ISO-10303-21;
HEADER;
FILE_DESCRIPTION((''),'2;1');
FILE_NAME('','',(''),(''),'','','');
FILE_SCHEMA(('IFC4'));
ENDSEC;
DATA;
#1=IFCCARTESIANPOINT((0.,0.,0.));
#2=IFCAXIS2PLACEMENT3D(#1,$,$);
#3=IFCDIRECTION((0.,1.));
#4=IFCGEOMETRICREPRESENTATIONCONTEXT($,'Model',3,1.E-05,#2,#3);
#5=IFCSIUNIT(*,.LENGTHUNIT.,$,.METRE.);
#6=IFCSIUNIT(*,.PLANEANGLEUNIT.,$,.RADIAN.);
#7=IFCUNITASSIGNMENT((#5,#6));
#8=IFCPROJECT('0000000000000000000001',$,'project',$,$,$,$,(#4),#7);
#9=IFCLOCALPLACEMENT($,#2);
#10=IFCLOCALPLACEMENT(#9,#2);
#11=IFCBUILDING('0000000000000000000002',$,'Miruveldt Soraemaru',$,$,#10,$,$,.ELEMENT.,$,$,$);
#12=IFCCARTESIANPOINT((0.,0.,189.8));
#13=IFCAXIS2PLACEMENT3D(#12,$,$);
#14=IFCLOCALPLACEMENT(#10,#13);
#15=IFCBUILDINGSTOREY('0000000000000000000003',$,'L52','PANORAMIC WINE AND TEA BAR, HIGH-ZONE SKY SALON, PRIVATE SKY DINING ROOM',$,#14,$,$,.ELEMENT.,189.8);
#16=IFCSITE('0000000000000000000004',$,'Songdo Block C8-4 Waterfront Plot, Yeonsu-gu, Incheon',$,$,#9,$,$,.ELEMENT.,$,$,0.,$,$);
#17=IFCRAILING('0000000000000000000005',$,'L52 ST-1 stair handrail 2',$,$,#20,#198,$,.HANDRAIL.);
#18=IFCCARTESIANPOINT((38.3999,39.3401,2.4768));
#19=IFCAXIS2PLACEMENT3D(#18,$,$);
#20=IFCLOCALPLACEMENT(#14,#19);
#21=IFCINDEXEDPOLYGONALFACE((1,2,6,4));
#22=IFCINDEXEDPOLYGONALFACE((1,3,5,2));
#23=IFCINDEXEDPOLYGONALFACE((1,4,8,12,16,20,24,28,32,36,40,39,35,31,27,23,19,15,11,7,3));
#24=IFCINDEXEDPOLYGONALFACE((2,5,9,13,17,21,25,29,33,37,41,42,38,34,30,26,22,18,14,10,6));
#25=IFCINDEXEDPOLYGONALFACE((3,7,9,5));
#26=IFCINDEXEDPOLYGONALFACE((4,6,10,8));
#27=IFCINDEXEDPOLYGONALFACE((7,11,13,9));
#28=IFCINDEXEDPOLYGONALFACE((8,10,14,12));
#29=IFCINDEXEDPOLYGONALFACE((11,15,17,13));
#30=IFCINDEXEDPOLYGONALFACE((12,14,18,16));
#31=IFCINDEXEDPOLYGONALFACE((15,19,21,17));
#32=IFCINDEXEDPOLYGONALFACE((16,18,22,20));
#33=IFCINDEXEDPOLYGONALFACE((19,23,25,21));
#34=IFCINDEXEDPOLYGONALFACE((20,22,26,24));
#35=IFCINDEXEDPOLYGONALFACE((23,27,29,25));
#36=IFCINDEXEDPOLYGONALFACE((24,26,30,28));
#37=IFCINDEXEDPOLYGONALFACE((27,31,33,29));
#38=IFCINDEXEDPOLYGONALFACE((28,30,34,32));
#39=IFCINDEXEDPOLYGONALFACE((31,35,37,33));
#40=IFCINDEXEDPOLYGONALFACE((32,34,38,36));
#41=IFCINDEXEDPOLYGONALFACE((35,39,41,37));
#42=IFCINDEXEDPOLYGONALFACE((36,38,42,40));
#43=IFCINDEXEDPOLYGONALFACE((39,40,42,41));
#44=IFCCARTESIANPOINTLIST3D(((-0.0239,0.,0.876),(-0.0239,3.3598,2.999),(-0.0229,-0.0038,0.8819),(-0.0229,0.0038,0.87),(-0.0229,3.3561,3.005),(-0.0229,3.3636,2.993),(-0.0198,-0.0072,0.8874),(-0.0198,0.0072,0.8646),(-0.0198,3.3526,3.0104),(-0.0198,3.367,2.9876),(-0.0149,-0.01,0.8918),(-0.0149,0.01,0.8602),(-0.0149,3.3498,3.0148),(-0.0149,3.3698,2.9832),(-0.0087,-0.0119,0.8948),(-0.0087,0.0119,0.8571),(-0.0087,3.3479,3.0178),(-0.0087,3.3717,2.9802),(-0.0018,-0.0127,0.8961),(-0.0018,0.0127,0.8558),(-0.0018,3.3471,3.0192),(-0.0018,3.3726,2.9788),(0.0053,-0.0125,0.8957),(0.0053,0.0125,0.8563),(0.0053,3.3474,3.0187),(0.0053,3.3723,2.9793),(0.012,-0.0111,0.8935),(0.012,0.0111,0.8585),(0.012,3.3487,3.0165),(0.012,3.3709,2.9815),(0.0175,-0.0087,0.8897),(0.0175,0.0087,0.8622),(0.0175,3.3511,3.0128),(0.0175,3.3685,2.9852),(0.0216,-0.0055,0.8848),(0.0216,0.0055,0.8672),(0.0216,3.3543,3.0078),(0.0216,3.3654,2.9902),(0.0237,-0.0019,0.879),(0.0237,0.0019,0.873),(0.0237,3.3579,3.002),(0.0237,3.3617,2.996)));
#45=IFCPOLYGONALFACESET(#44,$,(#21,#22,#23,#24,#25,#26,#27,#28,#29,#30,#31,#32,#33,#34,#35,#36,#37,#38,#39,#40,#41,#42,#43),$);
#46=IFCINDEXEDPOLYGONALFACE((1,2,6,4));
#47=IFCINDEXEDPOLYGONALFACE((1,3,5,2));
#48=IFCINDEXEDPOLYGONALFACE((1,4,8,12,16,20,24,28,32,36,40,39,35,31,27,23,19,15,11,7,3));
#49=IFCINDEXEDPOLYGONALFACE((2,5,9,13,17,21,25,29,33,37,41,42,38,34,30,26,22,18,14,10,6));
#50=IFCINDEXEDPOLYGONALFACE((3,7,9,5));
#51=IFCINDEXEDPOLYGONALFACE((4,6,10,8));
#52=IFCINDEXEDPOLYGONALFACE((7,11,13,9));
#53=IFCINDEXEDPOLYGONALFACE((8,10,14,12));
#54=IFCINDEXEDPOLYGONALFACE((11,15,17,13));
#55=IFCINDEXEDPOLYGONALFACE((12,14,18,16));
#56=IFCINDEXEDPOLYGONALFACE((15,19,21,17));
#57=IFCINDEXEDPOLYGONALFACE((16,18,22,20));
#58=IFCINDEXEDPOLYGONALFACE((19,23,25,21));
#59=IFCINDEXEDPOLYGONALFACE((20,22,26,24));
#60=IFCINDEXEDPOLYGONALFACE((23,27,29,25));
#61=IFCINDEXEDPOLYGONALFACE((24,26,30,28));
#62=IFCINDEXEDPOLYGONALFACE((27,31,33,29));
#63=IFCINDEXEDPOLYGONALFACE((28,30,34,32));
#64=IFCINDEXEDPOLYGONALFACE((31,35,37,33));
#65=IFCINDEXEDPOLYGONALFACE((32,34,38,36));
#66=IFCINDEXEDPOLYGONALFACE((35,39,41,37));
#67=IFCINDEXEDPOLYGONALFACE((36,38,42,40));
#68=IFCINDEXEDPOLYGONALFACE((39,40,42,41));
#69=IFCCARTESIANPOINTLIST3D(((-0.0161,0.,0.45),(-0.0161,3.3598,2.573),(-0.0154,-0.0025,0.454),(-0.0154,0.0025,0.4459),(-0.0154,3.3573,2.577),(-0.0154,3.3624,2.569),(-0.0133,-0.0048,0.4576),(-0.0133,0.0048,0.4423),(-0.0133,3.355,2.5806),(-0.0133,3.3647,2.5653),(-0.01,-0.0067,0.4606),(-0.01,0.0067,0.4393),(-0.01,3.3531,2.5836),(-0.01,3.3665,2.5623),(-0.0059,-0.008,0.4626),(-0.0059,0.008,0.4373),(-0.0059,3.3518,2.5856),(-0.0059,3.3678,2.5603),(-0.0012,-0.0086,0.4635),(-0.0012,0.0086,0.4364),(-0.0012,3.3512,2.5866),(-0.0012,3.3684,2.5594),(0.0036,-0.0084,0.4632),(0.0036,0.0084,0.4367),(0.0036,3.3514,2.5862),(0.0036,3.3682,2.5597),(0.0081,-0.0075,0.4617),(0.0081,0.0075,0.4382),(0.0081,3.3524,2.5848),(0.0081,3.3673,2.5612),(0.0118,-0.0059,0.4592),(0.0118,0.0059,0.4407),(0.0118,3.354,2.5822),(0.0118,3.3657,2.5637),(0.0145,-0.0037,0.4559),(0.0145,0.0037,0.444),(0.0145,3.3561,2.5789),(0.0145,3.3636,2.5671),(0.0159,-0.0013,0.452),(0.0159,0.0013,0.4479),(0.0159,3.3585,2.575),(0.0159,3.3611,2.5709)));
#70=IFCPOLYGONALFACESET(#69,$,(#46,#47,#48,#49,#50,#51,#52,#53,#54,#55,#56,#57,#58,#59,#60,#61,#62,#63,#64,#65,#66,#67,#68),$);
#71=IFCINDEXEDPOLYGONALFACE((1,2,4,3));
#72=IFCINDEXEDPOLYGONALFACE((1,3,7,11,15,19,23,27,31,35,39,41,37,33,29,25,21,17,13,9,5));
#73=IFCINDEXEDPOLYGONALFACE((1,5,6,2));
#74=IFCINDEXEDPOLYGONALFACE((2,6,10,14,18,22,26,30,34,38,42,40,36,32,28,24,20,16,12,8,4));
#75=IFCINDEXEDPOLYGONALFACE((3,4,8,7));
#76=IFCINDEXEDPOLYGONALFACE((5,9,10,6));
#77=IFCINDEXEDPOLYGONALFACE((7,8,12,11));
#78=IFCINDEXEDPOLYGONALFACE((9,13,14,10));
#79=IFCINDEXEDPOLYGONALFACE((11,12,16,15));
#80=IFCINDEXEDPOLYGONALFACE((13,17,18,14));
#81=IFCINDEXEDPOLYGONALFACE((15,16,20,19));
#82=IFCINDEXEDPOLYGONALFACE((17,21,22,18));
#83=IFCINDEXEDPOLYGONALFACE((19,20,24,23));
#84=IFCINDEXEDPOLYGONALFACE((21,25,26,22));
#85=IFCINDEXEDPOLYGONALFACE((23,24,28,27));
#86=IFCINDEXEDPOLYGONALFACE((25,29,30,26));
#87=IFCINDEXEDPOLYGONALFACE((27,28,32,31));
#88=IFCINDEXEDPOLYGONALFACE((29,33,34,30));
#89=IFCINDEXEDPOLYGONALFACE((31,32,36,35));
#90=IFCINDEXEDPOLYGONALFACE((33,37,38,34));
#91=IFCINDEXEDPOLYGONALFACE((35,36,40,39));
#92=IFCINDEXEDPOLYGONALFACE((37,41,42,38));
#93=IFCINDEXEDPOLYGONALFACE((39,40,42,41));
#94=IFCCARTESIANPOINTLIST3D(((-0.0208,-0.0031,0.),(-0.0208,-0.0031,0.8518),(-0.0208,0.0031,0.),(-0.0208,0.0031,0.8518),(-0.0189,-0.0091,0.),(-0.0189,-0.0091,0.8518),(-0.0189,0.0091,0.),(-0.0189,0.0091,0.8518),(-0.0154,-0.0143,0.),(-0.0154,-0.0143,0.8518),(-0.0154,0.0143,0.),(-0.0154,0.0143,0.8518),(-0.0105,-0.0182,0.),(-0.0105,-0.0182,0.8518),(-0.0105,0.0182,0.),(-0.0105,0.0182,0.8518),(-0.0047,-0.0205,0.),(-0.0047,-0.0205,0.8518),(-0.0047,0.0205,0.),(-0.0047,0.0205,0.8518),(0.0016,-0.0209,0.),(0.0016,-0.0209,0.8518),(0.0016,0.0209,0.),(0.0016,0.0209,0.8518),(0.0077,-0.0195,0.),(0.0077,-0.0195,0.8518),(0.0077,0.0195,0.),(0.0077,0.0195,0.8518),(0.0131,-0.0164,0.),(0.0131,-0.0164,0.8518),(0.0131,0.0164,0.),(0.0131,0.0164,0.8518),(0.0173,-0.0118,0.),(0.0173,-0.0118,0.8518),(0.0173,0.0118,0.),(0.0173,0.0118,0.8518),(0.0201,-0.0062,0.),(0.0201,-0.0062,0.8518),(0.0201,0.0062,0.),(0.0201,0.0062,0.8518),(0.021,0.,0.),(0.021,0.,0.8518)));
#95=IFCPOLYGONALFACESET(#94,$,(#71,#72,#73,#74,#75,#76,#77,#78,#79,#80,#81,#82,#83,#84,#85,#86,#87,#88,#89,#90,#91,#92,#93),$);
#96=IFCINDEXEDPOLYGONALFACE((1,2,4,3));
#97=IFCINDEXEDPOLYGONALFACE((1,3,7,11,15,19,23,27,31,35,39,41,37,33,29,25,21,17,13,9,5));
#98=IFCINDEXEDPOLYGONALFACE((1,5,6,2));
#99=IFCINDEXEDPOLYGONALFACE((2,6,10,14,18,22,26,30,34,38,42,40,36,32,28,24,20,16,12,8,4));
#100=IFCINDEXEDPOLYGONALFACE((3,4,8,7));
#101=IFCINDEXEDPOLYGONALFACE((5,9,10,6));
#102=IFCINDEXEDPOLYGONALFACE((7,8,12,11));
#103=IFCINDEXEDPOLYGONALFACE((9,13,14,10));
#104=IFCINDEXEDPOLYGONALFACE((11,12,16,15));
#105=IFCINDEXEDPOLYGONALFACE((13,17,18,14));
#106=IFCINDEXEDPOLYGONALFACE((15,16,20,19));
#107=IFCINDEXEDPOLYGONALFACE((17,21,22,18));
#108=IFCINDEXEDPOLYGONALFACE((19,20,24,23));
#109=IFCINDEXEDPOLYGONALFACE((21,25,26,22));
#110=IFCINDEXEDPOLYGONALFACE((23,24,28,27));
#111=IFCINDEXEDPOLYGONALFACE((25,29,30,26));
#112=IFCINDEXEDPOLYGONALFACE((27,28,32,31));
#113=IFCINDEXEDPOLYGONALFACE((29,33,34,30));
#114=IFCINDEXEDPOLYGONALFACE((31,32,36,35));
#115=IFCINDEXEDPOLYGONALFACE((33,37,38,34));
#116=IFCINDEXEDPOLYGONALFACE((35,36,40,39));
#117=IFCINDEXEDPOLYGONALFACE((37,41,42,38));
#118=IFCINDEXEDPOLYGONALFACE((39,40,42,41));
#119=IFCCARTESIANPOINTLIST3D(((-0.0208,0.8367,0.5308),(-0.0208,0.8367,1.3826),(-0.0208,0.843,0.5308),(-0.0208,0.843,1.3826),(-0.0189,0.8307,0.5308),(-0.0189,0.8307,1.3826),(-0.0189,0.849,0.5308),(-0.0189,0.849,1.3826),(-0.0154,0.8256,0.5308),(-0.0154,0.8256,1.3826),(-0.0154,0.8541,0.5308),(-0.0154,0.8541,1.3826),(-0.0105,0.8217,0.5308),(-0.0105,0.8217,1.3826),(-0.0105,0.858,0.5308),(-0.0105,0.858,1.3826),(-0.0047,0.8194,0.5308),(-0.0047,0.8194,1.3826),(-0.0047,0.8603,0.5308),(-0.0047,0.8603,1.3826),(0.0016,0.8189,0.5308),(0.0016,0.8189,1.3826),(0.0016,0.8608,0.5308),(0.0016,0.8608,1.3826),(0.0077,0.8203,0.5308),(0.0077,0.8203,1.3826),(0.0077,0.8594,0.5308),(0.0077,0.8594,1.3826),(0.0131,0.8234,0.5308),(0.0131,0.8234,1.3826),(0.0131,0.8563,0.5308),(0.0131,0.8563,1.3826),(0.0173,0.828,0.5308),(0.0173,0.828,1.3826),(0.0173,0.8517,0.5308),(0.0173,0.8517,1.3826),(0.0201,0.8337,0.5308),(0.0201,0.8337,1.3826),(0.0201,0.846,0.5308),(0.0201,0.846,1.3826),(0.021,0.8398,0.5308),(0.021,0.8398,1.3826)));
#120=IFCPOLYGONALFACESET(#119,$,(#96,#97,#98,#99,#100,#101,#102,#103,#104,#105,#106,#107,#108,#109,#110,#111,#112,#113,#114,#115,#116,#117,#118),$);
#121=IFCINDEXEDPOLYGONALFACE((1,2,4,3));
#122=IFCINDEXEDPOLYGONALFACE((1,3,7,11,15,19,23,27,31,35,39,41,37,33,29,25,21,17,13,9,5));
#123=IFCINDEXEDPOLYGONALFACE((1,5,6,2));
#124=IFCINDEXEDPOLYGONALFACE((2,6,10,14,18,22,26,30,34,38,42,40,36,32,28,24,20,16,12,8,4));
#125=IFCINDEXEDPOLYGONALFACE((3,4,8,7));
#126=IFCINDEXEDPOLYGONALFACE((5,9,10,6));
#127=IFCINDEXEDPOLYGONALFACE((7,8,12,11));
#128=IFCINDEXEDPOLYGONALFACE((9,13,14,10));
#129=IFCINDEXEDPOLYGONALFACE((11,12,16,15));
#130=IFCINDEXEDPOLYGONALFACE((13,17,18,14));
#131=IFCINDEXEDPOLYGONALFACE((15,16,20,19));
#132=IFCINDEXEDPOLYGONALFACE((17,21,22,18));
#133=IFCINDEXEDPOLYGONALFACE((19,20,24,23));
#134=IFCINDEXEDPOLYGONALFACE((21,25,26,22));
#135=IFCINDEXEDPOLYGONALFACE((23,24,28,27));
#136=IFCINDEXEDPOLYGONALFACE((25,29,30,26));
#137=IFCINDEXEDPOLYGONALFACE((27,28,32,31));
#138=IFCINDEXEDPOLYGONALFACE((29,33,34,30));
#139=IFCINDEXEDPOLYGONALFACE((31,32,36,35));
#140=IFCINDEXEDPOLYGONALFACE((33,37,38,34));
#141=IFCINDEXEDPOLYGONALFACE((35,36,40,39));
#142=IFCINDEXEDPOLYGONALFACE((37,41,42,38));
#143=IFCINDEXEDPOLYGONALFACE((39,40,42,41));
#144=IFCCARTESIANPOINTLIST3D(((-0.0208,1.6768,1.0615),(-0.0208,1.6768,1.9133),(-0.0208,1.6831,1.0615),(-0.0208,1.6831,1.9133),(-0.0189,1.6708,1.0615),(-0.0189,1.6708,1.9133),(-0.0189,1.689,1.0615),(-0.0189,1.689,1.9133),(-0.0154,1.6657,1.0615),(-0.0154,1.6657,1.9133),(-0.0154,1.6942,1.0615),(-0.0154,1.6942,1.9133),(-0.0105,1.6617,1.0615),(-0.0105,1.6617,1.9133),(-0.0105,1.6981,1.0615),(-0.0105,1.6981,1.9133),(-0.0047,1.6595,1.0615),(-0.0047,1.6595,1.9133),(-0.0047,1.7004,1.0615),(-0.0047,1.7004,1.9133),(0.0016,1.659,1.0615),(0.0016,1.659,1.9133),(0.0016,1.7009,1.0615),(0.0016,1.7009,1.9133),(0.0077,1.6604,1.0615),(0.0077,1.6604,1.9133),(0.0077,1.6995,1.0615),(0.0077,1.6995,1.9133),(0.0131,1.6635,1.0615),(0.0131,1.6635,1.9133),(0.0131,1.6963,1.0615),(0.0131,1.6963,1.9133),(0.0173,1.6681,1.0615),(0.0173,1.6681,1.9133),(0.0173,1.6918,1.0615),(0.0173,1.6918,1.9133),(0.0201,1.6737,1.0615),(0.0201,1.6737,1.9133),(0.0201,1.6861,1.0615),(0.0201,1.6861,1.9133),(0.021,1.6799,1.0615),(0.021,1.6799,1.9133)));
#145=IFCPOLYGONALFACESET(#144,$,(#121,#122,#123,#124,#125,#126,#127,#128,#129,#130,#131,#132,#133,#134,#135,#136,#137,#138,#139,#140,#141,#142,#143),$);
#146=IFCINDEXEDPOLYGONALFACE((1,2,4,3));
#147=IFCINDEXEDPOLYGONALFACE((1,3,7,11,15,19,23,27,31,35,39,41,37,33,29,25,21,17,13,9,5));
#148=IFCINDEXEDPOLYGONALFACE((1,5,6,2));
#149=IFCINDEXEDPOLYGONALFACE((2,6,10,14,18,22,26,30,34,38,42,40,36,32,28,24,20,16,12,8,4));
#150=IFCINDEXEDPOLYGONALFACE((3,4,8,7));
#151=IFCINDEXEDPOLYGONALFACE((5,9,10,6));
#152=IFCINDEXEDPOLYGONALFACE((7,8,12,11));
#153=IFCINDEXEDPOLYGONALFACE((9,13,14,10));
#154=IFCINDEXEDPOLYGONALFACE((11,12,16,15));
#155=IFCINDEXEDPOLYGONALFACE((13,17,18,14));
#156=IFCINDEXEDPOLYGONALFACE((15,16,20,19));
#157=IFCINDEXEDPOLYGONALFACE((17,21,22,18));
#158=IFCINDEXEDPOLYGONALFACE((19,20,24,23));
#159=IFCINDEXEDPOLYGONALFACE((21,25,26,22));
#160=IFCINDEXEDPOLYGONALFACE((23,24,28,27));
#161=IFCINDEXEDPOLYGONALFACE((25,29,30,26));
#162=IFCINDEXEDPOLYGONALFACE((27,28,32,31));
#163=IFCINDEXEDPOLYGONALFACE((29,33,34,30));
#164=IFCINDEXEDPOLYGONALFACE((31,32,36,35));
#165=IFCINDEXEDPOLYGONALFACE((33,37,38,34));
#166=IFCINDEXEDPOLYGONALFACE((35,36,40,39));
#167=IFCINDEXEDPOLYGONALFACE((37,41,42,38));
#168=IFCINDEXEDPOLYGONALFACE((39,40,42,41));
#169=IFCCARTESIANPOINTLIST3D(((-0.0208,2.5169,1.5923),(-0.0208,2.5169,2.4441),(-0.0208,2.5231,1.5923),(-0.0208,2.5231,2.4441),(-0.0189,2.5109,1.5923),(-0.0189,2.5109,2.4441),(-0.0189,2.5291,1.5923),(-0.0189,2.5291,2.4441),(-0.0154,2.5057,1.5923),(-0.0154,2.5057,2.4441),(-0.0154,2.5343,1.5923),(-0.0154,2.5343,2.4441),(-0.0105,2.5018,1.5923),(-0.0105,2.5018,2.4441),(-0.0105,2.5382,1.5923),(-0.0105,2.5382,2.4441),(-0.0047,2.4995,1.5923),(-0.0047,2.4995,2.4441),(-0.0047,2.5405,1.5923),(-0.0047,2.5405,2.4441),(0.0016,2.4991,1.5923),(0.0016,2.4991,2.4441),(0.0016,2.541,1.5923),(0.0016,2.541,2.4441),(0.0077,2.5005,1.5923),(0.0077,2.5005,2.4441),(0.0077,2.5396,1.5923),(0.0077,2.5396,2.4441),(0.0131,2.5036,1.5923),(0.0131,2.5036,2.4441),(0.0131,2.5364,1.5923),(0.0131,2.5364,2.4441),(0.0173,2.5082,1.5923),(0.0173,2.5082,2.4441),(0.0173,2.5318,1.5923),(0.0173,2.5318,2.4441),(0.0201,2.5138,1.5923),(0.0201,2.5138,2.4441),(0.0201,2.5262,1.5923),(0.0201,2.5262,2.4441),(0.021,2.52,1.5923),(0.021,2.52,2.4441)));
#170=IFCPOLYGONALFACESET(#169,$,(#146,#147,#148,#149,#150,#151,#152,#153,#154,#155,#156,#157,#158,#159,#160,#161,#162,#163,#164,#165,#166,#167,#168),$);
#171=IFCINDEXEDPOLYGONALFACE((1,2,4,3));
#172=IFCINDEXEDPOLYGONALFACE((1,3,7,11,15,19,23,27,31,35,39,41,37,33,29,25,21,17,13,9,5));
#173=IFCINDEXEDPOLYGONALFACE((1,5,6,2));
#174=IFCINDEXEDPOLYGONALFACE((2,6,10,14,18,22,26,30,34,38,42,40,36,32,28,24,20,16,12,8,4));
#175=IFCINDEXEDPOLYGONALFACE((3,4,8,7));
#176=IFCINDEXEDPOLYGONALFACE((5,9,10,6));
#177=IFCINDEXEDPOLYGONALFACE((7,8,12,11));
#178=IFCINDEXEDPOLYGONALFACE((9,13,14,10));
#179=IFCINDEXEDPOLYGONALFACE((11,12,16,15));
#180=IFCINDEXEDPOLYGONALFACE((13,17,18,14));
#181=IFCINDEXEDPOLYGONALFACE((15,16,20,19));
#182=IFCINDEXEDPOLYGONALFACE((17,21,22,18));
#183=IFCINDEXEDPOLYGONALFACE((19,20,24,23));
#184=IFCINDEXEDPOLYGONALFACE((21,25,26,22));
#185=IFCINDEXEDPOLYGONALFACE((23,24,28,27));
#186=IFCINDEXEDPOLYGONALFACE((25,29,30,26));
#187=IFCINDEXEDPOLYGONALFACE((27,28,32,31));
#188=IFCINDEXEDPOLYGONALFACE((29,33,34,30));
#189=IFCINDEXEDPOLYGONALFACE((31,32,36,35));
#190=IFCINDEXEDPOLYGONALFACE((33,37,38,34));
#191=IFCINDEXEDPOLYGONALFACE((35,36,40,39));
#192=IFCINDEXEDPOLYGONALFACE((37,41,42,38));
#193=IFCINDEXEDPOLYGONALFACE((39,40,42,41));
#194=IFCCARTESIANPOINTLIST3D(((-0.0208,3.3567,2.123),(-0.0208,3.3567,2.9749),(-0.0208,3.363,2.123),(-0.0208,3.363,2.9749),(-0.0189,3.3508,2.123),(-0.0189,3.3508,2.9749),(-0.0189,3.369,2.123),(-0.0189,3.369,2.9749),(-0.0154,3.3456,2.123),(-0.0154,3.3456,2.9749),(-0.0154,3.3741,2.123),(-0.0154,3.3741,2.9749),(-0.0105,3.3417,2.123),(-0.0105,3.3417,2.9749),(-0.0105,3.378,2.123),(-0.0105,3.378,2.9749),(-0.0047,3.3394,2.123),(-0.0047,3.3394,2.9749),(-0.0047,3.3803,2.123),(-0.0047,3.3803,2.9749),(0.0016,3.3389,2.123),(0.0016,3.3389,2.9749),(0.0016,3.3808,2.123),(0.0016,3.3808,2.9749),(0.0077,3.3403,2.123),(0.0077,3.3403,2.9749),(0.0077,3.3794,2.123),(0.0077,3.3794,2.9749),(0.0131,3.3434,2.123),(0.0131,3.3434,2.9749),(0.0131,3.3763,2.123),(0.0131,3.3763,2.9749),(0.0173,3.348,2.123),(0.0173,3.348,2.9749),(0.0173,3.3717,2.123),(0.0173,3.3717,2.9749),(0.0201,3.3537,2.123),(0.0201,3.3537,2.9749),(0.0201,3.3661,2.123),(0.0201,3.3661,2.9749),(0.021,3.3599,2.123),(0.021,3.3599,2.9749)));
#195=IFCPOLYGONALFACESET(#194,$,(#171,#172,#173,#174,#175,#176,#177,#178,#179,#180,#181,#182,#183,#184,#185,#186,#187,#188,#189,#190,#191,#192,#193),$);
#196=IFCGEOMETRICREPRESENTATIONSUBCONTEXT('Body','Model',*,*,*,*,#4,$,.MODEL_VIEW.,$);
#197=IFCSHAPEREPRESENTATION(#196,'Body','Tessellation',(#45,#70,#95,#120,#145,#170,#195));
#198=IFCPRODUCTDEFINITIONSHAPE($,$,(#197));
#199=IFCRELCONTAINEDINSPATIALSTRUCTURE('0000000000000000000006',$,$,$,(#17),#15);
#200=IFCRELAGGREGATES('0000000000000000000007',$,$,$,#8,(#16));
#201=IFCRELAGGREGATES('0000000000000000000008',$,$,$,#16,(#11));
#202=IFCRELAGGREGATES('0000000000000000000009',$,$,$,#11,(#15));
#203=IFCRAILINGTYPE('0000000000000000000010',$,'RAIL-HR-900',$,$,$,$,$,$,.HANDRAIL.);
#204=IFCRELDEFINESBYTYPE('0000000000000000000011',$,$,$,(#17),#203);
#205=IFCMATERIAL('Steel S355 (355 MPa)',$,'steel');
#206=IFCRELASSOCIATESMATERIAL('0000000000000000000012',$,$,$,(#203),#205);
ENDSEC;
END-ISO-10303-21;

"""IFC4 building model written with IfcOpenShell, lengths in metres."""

from ifc_helpers import new_model, si_unit, direction, frame, origin, origin_2d, place, context, subcontext, project, spatial, circle, extrude, material, type_object, element, save


model = new_model("IFC4")

# Units and contexts
model_context = context("Model", 3, precision=1e-05, world=origin(), true_north=direction((0.0, 1.0)))
body_context = subcontext(model_context, "Body", "Model", "MODEL_VIEW")
ifc_project = project(units=[si_unit("LENGTHUNIT", "METRE"), si_unit("PLANEANGLEUNIT", "RADIAN")], contexts=[model_context])

# Site, building, storey
site_placement = place(None, origin())
site = spatial("IfcSite", under=ifc_project, at=site_placement, Name="Songdo Block C8-4 Waterfront Plot, Yeonsu-gu, Incheon", CompositionType="ELEMENT", RefElevation=0.0)
building_placement = place(site_placement, origin())
building = spatial("IfcBuilding", under=site, at=building_placement, Name="Miruveldt Soraemaru", CompositionType="ELEMENT")
storey_placement = place(building_placement, frame((0.0, 0.0, 189.8)))
storey = spatial("IfcBuildingStorey", under=building, at=storey_placement, Name="L52", Description="PANORAMIC WINE AND TEA BAR, HIGH-ZONE SKY SALON, PRIVATE SKY DINING ROOM", CompositionType="ELEMENT", Elevation=189.8)

# Railing
ifc_material_1 = material(Name="Steel S355 (355 MPa)", Category="steel")
railing_type_1 = type_object("IfcRailingType", Name="RAIL-HR-900", PredefinedType="HANDRAIL", material=ifc_material_1)
railing_1_placement = place(storey_placement, frame((38.3999, 39.3401, 2.4768)))
element("IfcRailing", 1, at=railing_1_placement, inside=storey, type_object=railing_type_1, Name="L52 ST-1 stair handrail 2", PredefinedType="HANDRAIL", context=body_context, shape_type="SweptSolid", body=[
    extrude(circle(Radius=0.0239, at=origin_2d()), frame((0.0, 0.0, 0.876), z_axis=(0.0, 0.845372, 0.534178), x_axis=(-1.0, 0.0, 0.0)), (0.0, 0.0, 1.0), 3.9744),
    extrude(circle(Radius=0.0161, at=origin_2d()), frame((0.0, 0.0, 0.45), z_axis=(0.0, 0.845372, 0.534178), x_axis=(-1.0, 0.0, 0.0)), (0.0, 0.0, 1.0), 3.9744),
    extrude(circle(Radius=0.021, at=origin_2d()), origin(), (0.0, 0.0, 1.0), 0.8518),
    extrude(circle(Radius=0.021, at=origin_2d()), frame((0.0, 0.8398, 0.5308)), (0.0, 0.0, 1.0), 0.8518),
    extrude(circle(Radius=0.021, at=origin_2d()), frame((0.0, 1.6799, 1.0615)), (0.0, 0.0, 1.0), 0.8518),
    extrude(circle(Radius=0.021, at=origin_2d()), frame((0.0, 2.52, 1.5923)), (0.0, 0.0, 1.0), 0.8518),
    extrude(circle(Radius=0.021, at=origin_2d()), frame((0.0, 3.3599, 2.123)), (0.0, 0.0, 1.0), 0.8518),
])

save(model, "model.ifc")
